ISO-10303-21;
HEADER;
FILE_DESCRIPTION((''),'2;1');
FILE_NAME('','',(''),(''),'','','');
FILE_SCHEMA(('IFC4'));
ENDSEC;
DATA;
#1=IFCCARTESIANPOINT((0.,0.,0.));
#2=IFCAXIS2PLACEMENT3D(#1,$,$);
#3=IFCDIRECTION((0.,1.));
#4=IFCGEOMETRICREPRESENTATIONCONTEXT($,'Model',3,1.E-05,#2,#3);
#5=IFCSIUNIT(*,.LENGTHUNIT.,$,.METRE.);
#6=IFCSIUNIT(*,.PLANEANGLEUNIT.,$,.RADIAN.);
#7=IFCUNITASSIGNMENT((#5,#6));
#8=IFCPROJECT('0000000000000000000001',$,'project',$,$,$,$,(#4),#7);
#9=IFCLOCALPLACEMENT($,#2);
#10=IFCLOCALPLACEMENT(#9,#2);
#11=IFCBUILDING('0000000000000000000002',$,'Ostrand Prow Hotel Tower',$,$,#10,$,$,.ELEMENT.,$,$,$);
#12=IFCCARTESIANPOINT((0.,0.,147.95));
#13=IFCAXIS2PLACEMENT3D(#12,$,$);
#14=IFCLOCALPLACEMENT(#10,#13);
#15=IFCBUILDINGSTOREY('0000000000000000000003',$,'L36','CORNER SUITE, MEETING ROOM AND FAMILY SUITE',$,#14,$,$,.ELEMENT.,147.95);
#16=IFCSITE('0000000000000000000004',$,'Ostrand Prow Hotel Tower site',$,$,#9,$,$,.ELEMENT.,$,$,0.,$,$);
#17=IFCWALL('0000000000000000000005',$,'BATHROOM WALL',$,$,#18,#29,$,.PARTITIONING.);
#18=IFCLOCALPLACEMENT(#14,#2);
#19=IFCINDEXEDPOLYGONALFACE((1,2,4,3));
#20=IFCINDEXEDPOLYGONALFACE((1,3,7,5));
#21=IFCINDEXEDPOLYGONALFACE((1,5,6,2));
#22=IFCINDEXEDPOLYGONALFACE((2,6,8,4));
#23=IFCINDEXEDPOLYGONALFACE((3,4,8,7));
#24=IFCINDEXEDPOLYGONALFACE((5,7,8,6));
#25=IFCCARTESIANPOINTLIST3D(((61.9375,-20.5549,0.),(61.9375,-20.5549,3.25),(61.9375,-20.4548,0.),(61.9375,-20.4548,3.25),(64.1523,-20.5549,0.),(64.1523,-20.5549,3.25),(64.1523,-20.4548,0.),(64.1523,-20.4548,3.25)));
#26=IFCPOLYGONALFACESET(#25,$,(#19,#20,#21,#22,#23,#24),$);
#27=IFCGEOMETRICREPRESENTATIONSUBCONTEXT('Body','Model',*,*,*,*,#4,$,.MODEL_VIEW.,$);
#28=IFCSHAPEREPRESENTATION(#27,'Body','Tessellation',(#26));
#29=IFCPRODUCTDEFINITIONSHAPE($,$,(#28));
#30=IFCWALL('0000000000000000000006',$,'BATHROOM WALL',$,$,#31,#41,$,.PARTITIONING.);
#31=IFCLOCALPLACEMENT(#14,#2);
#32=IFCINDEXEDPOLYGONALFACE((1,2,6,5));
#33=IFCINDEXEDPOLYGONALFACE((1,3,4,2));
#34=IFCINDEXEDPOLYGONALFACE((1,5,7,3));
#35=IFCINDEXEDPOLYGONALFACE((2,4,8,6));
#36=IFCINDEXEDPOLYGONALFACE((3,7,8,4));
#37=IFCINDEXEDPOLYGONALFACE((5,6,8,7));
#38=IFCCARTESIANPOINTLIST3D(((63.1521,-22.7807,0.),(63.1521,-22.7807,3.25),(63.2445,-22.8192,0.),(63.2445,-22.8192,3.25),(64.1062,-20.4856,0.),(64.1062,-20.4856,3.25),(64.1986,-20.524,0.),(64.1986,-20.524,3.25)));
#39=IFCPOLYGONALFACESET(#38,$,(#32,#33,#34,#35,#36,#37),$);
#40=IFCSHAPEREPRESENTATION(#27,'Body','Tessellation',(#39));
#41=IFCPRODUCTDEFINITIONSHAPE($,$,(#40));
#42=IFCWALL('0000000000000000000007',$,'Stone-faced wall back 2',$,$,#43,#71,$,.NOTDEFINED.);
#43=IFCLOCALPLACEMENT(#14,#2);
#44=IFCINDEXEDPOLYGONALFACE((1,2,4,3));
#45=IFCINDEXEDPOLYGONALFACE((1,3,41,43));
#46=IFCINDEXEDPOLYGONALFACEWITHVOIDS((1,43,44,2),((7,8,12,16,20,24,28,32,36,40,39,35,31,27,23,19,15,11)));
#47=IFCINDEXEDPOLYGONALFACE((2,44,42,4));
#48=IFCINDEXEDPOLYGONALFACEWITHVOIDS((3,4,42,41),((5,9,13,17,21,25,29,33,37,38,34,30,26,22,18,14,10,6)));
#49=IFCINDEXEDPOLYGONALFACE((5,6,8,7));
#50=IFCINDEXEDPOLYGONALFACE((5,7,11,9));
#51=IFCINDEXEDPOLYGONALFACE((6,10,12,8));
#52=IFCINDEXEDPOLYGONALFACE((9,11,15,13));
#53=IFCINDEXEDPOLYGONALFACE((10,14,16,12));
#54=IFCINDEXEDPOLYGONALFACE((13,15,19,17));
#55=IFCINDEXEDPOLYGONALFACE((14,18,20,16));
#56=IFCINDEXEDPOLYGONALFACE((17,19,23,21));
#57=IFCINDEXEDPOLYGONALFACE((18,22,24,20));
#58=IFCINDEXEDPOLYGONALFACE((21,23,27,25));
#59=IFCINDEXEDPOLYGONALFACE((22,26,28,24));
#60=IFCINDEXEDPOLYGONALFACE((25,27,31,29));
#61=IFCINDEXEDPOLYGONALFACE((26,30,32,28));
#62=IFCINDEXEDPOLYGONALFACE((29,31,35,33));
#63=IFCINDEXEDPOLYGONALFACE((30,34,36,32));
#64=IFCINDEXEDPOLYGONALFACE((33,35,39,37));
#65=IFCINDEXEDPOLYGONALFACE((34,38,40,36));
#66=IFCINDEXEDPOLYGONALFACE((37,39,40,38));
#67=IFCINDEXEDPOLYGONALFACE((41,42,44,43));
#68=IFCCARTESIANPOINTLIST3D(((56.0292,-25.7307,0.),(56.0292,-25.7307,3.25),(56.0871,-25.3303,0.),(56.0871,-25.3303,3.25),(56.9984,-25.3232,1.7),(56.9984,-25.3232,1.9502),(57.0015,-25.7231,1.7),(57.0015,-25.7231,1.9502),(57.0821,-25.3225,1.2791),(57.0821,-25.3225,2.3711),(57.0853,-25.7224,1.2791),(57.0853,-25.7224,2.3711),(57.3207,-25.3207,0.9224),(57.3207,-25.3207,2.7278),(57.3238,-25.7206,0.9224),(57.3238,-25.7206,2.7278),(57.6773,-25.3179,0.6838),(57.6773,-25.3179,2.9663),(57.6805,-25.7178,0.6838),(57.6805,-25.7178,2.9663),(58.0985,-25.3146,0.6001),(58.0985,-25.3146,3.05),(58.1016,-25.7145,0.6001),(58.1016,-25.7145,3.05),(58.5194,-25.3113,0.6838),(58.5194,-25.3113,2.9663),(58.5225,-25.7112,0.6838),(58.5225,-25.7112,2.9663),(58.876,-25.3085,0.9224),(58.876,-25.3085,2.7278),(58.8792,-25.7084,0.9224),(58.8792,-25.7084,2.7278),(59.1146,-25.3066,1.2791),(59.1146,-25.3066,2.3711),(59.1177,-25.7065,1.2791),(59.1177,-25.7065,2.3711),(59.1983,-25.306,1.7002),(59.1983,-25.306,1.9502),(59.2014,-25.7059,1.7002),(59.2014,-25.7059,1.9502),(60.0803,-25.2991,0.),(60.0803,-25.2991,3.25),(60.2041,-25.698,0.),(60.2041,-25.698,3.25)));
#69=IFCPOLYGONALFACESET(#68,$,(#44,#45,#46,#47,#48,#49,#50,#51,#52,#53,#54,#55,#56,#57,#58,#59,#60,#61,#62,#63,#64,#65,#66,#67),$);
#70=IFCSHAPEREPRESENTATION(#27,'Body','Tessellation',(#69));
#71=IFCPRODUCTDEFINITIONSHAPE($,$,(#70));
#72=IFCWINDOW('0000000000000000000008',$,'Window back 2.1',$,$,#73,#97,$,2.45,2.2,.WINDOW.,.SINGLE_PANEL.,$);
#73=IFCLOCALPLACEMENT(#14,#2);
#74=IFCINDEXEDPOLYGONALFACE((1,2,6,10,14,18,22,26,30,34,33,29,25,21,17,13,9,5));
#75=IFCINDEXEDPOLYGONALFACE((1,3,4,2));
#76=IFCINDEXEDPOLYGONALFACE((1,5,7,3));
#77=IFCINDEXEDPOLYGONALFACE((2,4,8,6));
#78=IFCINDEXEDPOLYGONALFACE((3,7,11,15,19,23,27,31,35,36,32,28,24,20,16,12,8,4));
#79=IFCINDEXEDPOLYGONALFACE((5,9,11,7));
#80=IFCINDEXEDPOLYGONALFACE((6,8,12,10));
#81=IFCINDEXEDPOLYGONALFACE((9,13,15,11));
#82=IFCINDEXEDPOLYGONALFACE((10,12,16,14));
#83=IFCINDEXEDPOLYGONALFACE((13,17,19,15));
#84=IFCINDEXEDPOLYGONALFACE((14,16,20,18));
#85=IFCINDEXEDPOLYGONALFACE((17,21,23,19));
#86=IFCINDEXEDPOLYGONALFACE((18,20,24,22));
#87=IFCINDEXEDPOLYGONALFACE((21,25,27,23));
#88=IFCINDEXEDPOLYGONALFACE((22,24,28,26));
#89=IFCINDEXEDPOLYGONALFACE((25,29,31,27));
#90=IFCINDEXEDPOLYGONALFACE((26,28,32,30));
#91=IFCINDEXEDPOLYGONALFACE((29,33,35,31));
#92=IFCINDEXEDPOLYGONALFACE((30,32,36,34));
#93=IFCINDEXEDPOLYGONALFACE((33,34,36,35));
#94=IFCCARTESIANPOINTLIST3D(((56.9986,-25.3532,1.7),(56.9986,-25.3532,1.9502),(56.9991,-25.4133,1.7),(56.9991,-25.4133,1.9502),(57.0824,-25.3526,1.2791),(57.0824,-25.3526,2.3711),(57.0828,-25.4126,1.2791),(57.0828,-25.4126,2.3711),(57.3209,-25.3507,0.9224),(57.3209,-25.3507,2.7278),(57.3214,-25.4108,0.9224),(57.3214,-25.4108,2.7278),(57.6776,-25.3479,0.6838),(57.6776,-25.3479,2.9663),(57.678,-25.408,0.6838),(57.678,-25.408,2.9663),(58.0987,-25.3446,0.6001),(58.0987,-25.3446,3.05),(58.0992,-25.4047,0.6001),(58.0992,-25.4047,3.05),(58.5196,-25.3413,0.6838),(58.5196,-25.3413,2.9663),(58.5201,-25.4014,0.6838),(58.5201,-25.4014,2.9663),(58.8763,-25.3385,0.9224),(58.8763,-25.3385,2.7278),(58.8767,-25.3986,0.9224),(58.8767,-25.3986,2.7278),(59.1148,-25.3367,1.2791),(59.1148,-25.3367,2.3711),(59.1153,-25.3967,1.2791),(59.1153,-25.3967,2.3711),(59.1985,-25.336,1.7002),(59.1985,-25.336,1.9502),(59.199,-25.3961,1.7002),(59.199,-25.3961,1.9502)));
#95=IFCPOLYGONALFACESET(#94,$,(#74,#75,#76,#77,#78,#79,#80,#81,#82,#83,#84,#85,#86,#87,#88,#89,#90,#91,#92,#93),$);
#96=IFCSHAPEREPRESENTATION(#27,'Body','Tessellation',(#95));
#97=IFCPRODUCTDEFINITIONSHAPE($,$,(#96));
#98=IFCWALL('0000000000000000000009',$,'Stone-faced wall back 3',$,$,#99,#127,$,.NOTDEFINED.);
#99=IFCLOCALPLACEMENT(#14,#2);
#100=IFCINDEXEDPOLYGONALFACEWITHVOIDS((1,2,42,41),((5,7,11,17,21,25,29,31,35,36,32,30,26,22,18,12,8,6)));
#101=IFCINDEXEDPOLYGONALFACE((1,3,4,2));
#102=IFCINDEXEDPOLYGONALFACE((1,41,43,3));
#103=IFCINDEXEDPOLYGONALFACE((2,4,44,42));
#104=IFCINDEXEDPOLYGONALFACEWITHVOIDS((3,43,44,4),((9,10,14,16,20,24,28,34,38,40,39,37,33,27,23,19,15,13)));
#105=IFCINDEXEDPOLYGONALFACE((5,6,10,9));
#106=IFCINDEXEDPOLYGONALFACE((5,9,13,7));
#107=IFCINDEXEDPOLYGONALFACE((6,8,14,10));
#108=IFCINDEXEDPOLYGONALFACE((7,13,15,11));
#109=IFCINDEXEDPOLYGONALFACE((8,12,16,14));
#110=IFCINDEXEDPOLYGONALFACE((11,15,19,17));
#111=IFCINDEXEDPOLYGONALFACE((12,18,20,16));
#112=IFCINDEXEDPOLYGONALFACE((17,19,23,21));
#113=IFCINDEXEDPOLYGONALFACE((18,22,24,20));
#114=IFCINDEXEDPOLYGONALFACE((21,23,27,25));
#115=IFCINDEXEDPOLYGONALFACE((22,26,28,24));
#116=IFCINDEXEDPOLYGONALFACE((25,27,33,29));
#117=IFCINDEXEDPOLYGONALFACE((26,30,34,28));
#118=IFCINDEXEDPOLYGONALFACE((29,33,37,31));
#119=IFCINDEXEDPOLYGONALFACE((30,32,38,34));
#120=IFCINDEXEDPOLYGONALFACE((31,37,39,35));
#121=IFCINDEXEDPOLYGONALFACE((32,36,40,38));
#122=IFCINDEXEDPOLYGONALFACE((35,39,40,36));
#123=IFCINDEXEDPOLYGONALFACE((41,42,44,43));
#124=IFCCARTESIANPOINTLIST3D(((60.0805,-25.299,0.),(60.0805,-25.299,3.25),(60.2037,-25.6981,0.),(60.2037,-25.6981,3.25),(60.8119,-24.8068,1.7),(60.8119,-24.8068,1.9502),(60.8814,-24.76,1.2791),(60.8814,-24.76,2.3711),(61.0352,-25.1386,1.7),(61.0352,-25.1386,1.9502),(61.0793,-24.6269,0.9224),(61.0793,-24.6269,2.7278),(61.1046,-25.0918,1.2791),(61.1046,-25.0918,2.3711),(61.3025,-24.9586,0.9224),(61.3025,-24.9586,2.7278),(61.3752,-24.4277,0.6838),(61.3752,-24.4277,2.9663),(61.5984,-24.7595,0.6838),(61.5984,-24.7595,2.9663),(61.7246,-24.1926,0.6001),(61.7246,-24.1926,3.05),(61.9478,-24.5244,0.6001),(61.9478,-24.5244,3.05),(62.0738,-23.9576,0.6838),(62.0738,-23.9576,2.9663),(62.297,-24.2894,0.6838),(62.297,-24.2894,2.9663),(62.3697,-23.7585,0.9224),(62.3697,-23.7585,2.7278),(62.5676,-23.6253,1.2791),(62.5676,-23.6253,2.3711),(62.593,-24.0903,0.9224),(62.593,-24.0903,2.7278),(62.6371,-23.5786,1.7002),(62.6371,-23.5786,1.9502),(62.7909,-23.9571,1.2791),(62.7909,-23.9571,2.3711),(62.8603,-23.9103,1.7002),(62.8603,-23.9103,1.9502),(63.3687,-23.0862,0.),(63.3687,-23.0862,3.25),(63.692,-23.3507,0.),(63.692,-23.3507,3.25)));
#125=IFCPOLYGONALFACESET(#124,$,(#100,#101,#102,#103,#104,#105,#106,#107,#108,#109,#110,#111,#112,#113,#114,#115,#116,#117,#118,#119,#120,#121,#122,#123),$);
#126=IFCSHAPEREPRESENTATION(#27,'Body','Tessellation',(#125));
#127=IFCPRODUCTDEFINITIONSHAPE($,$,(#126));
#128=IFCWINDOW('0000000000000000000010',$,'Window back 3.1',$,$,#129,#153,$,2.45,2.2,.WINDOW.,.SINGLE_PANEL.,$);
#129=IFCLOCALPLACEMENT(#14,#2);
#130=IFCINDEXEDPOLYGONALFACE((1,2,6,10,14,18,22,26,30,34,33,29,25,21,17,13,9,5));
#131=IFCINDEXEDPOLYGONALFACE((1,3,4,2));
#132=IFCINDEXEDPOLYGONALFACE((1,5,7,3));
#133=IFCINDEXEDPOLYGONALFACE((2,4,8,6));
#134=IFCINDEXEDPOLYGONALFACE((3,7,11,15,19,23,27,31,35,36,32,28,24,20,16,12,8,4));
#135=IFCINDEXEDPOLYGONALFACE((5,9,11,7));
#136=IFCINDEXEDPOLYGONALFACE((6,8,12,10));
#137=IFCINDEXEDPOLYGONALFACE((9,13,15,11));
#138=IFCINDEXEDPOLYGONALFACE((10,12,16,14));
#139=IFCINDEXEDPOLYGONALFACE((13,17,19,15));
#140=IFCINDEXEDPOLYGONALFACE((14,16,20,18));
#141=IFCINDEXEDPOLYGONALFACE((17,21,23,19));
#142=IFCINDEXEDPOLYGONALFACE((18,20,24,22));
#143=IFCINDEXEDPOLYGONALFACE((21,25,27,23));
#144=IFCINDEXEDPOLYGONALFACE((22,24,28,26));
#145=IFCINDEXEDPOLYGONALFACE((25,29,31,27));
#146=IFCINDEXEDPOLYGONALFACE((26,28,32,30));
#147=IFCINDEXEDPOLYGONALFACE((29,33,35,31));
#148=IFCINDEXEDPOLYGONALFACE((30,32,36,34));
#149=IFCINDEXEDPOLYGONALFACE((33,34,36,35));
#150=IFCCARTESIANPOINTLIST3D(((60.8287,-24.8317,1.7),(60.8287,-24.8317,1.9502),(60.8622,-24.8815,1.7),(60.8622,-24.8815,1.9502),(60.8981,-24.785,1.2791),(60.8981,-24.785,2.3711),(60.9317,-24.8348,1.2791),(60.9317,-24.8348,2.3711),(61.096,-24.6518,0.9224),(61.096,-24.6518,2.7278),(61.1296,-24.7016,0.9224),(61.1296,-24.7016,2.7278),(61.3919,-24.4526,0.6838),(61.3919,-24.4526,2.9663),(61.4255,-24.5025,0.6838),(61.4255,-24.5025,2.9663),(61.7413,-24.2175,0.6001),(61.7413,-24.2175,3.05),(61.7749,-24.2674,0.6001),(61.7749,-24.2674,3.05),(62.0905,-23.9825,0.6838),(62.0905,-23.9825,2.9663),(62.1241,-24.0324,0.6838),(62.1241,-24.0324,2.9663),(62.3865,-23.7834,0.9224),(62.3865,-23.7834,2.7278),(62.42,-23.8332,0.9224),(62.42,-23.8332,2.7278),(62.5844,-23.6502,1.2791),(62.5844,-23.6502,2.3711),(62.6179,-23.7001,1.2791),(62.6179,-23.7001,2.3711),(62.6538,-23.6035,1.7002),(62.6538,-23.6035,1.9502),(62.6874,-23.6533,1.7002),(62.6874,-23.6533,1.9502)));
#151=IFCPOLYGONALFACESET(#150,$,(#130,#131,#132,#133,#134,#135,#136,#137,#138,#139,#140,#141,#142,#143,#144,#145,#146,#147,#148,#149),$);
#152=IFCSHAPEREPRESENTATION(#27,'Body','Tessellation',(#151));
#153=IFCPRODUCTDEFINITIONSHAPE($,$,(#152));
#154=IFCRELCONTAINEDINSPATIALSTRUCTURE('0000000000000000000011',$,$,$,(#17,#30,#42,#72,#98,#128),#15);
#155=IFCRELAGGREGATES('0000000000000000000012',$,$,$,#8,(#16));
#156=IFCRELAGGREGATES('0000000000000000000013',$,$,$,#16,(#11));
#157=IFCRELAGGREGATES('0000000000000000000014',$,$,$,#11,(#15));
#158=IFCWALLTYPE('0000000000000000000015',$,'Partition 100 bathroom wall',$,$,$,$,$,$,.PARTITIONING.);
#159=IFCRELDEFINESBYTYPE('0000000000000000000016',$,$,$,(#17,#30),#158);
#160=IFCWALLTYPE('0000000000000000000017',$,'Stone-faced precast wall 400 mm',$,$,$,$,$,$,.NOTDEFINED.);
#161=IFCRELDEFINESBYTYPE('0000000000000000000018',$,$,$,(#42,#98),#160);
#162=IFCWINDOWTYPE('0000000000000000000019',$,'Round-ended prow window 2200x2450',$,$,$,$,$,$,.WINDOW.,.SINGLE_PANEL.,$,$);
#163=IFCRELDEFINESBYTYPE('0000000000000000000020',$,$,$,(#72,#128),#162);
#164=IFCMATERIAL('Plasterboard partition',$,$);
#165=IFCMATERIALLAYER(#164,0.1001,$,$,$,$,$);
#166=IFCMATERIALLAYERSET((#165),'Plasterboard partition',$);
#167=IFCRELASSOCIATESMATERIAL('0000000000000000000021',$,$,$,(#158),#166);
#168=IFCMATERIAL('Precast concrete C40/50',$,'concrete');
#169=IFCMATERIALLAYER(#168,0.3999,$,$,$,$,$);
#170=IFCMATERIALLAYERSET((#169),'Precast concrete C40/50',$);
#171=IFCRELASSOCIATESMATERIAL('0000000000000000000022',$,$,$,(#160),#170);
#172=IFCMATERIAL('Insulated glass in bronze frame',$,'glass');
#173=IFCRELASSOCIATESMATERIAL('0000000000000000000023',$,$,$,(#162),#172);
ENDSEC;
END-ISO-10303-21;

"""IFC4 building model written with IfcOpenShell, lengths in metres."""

from ifc_helpers import new_model, si_unit, direction, frame, frame_2d, origin, place, context, subcontext, project, spatial, polyline, rectangle, outline, extrude, material, layer, layer_set, type_object, element, fill, save


model = new_model("IFC4")

# Units and contexts
model_context = context("Model", 3, precision=1e-05, world=origin(), true_north=direction((0.0, 1.0)))
body_context = subcontext(model_context, "Body", "Model", "MODEL_VIEW")
ifc_project = project(units=[si_unit("LENGTHUNIT", "METRE"), si_unit("PLANEANGLEUNIT", "RADIAN")], contexts=[model_context])

# Site, building, storey
site_placement = place(None, origin())
site = spatial("IfcSite", under=ifc_project, at=site_placement, Name="Ostrand Prow Hotel Tower site", CompositionType="ELEMENT", RefElevation=0.0)
building_placement = place(site_placement, origin())
building = spatial("IfcBuilding", under=site, at=building_placement, Name="Ostrand Prow Hotel Tower", CompositionType="ELEMENT")
storey_placement = place(building_placement, frame((0.0, 0.0, 147.95)))
storey = spatial("IfcBuildingStorey", under=building, at=storey_placement, Name="L36", Description="CORNER SUITE, MEETING ROOM AND FAMILY SUITE", CompositionType="ELEMENT", Elevation=147.95)

# Shared definitions
ifc_material_1 = material(Name="Plasterboard partition")
ifc_layer_1 = layer(ifc_material_1, 0.1001)
ifc_layer_set_1 = layer_set([ifc_layer_1], Name="Plasterboard partition")
wall_type_1 = type_object("IfcWallType", Name="Partition 100 bathroom wall", PredefinedType="PARTITIONING", material=ifc_layer_set_1)

# Walls
wall_1_placement = place(storey_placement, frame((61.9375, -20.5049, 0.0), z_axis=(0.0, 0.0, 1.0), x_axis=(1.0, 0.0, 0.0)))
element("IfcWall", 1, at=wall_1_placement, inside=storey, type_object=wall_type_1, Name="BATHROOM WALL", PredefinedType="PARTITIONING", context=body_context, shape_type="SweptSolid", body=[
    extrude(rectangle(XDim=2.2148, YDim=0.1001, at=frame_2d((1.1074, 0.0))), origin(), (0.0, 0.0, 1.0), 3.25),
])
wall_2_placement = place(storey_placement, frame((64.1523, -20.5049, 0.0), z_axis=(0.0, 0.0, 1.0), x_axis=(-0.383855, -0.923393, 0.0)))
element("IfcWall", 2, at=wall_2_placement, inside=storey, type_object=wall_type_1, Name="BATHROOM WALL", PredefinedType="PARTITIONING", context=body_context, shape_type="SweptSolid", body=[
    extrude(rectangle(XDim=2.4856, YDim=0.1001, at=frame_2d((1.2427, 0.0))), origin(), (0.0, 0.0, 1.0), 3.25),
])

# Walls, openings, windows
ifc_material_2 = material(Name="Precast concrete C40/50", Category="concrete")
ifc_layer_2 = layer(ifc_material_2, 0.3999)
ifc_layer_set_2 = layer_set([ifc_layer_2], Name="Precast concrete C40/50")
wall_type_2 = type_object("IfcWallType", Name="Stone-faced precast wall 400 mm", PredefinedType="NOTDEFINED", material=ifc_layer_set_2)
wall_3_placement = place(storey_placement, frame((56.0581, -25.5305, 0.0), z_axis=(0.0, 0.0, 1.0), x_axis=(0.999969, 0.007831, 0.0)))
wall_3 = element("IfcWall", 3, at=wall_3_placement, inside=storey, type_object=wall_type_2, Name="Stone-faced wall back 2", PredefinedType="NOTDEFINED", context=body_context, shape_type="SweptSolid", body=[
    extrude(outline(polyline([(-0.0305, -0.2), (4.1445, -0.2), (4.0239, 0.2), (0.0305, 0.2), (-0.0305, -0.2)])), origin(), (0.0, 0.0, 1.0), 3.25),
])
opening_1_placement = place(wall_3_placement, frame((0.9419, 0.0, 0.6001)))
opening_1 = element("IfcOpeningElement", 4, at=opening_1_placement, cuts=wall_3, PredefinedType="OPENING", context=body_context, shape_type="SweptSolid", body=[
    extrude(outline(polyline([(0.0, 1.3501), (0.0837, 1.771), (0.3223, 2.1277), (0.679, 2.3662), (1.1001, 2.45), (1.521, 2.3662), (1.8777, 2.1277), (2.1162, 1.771), (2.2, 1.3501), (2.2, 1.1001), (2.1162, 0.679), (1.8777, 0.3223), (1.521, 0.0837), (1.1001, 0.0), (0.679, 0.0837), (0.3223, 0.3223), (0.0837, 0.679), (0.0, 1.0999), (0.0, 1.3501)])), frame((0.0, 0.21, 0.0), z_axis=(0.0, -1.0, 0.0), x_axis=(1.0, 0.0, 0.0)), (0.0, 0.0, 1.0), 0.4199),
])
ifc_material_3 = material(Name="Insulated glass in bronze frame", Category="glass")
window_type = type_object("IfcWindowType", Name="Round-ended prow window 2200x2450", PartitioningType="SINGLE_PANEL", PredefinedType="WINDOW", material=ifc_material_3)
window_1_placement = place(opening_1_placement, origin())
window_1 = element("IfcWindow", 5, at=window_1_placement, inside=storey, type_object=window_type, Name="Window back 2.1", OverallHeight=2.45, OverallWidth=2.2, PartitioningType="SINGLE_PANEL", PredefinedType="WINDOW", context=body_context, shape_type="SweptSolid", body=[
    extrude(outline(polyline([(0.0, 1.3501), (0.0837, 1.771), (0.3223, 2.1277), (0.679, 2.3662), (1.1001, 2.45), (1.521, 2.3662), (1.8777, 2.1277), (2.1162, 1.771), (2.2, 1.3501), (2.2, 1.1001), (2.1162, 0.679), (1.8777, 0.3223), (1.521, 0.0837), (1.1001, 0.0), (0.679, 0.0837), (0.3223, 0.3223), (0.0837, 0.679), (0.0, 1.0999), (0.0, 1.3501)])), frame((0.0, 0.1699, 0.0), z_axis=(0.0, -1.0, 0.0), x_axis=(1.0, 0.0, 0.0)), (0.0, 0.0, 1.0), 0.0601),
])
fill(opening_1, window_1)
wall_4_placement = place(storey_placement, frame((60.1421, -25.4985, 0.0), z_axis=(0.0, 0.0, 1.0), x_axis=(0.829642, 0.558296, 0.0)))
wall_4 = element("IfcWall", 6, at=wall_4_placement, inside=storey, type_object=wall_type_2, Name="Stone-faced wall back 3", PredefinedType="NOTDEFINED", context=body_context, shape_type="SweptSolid", body=[
    extrude(outline(polyline([(-0.0603, -0.2), (4.1443, -0.2), (4.0237, 0.2), (0.0603, 0.2), (-0.0603, -0.2)])), origin(), (0.0, 0.0, 1.0), 3.25),
])
opening_2_placement = place(wall_4_placement, frame((0.9419, 0.0, 0.6001)))
opening_2 = element("IfcOpeningElement", 7, at=opening_2_placement, cuts=wall_4, PredefinedType="OPENING", context=body_context, shape_type="SweptSolid", body=[
    extrude(outline(polyline([(0.0, 1.3501), (0.0837, 1.771), (0.3223, 2.1277), (0.679, 2.3662), (1.1001, 2.45), (1.521, 2.3662), (1.8777, 2.1277), (2.1162, 1.771), (2.2, 1.3501), (2.2, 1.1001), (2.1162, 0.679), (1.8777, 0.3223), (1.521, 0.0837), (1.1001, 0.0), (0.679, 0.0837), (0.3223, 0.3223), (0.0837, 0.679), (0.0, 1.0999), (0.0, 1.3501)])), frame((0.0, 0.21, 0.0), z_axis=(0.0, -1.0, 0.0), x_axis=(1.0, 0.0, 0.0)), (0.0, 0.0, 1.0), 0.4199),
])
window_2_placement = place(opening_2_placement, origin())
window_2 = element("IfcWindow", 8, at=window_2_placement, inside=storey, type_object=window_type, Name="Window back 3.1", OverallHeight=2.45, OverallWidth=2.2, PartitioningType="SINGLE_PANEL", PredefinedType="WINDOW", context=body_context, shape_type="SweptSolid", body=[
    extrude(outline(polyline([(0.0, 1.3501), (0.0837, 1.771), (0.3223, 2.1277), (0.679, 2.3662), (1.1001, 2.45), (1.521, 2.3662), (1.8777, 2.1277), (2.1162, 1.771), (2.2, 1.3501), (2.2, 1.1001), (2.1162, 0.679), (1.8777, 0.3223), (1.521, 0.0837), (1.1001, 0.0), (0.679, 0.0837), (0.3223, 0.3223), (0.0837, 0.679), (0.0, 1.0999), (0.0, 1.3501)])), frame((0.0, 0.1699, 0.0), z_axis=(0.0, -1.0, 0.0), x_axis=(1.0, 0.0, 0.0)), (0.0, 0.0, 1.0), 0.0601),
])
fill(opening_2, window_2)

save(model, "model.ifc")
